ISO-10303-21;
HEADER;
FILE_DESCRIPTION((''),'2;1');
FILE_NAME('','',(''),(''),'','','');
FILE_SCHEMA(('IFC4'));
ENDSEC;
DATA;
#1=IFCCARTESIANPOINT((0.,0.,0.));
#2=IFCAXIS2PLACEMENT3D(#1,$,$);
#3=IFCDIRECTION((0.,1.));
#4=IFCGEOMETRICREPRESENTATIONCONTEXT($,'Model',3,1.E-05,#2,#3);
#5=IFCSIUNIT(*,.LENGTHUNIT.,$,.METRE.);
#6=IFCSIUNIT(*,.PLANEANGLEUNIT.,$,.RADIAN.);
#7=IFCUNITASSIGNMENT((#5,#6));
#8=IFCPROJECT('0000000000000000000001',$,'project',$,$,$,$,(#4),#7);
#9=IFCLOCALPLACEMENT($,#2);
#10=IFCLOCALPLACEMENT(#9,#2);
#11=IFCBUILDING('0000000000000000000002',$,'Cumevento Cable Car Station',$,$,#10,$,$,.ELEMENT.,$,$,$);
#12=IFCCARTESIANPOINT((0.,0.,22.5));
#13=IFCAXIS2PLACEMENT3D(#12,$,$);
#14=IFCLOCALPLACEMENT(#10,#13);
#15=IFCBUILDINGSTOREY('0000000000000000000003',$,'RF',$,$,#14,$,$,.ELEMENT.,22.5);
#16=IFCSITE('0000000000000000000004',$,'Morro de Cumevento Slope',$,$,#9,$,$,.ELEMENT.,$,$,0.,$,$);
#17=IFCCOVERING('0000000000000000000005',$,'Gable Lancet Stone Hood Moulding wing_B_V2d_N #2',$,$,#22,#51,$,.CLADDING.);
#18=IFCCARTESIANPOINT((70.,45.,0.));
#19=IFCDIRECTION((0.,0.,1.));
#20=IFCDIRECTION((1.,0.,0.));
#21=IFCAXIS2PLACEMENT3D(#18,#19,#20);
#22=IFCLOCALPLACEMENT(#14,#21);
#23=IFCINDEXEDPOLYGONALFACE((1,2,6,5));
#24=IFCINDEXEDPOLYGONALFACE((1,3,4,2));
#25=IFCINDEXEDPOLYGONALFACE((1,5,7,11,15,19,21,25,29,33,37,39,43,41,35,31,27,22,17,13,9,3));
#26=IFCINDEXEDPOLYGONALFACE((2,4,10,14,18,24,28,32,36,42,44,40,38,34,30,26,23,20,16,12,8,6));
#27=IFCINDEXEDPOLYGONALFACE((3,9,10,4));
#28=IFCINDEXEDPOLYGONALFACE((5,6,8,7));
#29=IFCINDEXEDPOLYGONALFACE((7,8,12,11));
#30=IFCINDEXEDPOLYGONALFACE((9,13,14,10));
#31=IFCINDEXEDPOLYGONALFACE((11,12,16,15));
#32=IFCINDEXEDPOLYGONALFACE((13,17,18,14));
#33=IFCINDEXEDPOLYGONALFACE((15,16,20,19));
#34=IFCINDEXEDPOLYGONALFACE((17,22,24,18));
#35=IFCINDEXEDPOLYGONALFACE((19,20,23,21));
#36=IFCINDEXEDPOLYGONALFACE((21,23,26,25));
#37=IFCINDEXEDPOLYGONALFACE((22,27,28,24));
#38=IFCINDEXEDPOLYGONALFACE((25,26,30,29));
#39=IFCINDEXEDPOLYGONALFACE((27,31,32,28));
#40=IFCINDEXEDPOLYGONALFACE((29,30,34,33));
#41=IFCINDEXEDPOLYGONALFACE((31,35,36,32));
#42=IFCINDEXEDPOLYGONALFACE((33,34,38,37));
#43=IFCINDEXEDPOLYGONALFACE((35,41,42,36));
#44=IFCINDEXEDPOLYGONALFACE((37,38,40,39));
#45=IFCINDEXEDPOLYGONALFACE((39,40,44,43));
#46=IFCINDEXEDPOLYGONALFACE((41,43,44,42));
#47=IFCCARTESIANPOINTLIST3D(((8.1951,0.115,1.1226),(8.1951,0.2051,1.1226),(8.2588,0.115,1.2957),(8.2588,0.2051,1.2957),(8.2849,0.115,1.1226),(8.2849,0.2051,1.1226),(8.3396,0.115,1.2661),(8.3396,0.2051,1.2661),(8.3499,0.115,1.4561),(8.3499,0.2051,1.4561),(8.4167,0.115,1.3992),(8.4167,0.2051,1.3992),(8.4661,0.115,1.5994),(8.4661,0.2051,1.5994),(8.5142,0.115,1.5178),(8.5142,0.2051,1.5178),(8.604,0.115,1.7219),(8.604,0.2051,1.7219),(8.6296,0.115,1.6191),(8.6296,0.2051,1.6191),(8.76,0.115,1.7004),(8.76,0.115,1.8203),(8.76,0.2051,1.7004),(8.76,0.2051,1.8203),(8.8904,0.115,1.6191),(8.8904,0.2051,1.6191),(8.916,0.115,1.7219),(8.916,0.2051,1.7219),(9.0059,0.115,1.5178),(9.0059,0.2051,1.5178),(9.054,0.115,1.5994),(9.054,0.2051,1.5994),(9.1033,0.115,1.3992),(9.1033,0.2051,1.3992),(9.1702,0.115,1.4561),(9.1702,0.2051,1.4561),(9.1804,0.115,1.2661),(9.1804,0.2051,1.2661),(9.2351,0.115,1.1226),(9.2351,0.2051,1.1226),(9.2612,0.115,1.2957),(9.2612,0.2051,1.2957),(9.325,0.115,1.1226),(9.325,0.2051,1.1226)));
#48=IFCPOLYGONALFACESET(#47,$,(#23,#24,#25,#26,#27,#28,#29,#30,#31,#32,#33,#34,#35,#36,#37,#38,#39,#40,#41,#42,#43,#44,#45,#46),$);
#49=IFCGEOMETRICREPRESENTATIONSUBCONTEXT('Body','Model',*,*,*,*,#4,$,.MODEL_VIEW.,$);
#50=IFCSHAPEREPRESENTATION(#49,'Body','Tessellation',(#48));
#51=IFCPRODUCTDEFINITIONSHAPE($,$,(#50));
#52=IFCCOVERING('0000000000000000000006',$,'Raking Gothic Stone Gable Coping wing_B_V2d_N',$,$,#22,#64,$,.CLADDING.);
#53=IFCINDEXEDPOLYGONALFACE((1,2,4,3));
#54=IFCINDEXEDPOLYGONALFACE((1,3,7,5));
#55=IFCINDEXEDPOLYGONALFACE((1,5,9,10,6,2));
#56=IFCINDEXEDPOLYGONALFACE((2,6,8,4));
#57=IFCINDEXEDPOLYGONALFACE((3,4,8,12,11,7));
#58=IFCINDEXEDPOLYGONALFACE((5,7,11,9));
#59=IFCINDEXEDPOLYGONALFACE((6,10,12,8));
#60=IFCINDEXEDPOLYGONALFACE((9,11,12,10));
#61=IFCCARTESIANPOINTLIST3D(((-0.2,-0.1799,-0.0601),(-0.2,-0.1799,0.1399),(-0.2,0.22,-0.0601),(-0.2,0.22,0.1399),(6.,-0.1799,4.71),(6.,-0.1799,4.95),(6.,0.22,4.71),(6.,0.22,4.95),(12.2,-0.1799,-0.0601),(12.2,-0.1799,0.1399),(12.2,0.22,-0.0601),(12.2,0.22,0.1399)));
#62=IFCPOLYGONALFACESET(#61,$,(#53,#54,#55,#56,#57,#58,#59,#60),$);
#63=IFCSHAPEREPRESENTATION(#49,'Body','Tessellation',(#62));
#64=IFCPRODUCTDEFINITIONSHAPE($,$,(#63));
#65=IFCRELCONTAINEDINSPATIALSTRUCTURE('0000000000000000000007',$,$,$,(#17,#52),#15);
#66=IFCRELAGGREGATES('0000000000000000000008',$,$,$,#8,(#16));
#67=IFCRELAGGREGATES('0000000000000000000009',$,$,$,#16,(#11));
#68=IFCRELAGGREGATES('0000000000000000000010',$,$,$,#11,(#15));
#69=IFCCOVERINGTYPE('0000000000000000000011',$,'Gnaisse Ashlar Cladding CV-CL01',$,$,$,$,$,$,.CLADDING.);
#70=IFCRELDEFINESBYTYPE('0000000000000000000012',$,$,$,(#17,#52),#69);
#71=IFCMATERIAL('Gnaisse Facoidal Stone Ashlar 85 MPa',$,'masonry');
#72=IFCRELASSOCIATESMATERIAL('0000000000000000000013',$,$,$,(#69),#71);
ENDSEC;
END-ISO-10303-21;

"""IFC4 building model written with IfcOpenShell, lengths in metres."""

from ifc_helpers import new_model, si_unit, direction, frame, origin, place, context, subcontext, project, spatial, polyline, outline, extrude, material, type_object, element, save


model = new_model("IFC4")

# Units and contexts
model_context = context("Model", 3, precision=1e-05, world=origin(), true_north=direction((0.0, 1.0)))
body_context = subcontext(model_context, "Body", "Model", "MODEL_VIEW")
ifc_project = project(units=[si_unit("LENGTHUNIT", "METRE"), si_unit("PLANEANGLEUNIT", "RADIAN")], contexts=[model_context])

# Site, building, storey
site_placement = place(None, origin())
site = spatial("IfcSite", under=ifc_project, at=site_placement, Name="Morro de Cumevento Slope", CompositionType="ELEMENT", RefElevation=0.0)
building_placement = place(site_placement, origin())
building = spatial("IfcBuilding", under=site, at=building_placement, Name="Cumevento Cable Car Station", CompositionType="ELEMENT")
storey_placement = place(building_placement, frame((0.0, 0.0, 22.5)))
storey = spatial("IfcBuildingStorey", under=building, at=storey_placement, Name="RF", CompositionType="ELEMENT", Elevation=22.5)

# Coverings
ifc_material_1 = material(Name="Gnaisse Facoidal Stone Ashlar 85 MPa", Category="masonry")
covering_type = type_object("IfcCoveringType", Name="Gnaisse Ashlar Cladding CV-CL01", PredefinedType="CLADDING", material=ifc_material_1)
placement = place(storey_placement, frame((70.0, 45.0, 0.0), z_axis=(0.0, 0.0, 1.0), x_axis=(1.0, 0.0, 0.0)))
element("IfcCovering", 1, at=placement, inside=storey, type_object=covering_type, Name="Gable Lancet Stone Hood Moulding wing_B_V2d_N #2", PredefinedType="CLADDING", context=body_context, shape_type="SweptSolid", body=[
    extrude(outline(polyline([(8.2849, 1.1226), (8.3396, 1.2661), (8.4167, 1.3992), (8.5142, 1.5178), (8.6296, 1.6191), (8.76, 1.7004), (8.8904, 1.6191), (9.0059, 1.5178), (9.1033, 1.3992), (9.1804, 1.2661), (9.2351, 1.1226), (9.325, 1.1226), (9.2612, 1.2957), (9.1702, 1.4561), (9.054, 1.5994), (8.916, 1.7219), (8.76, 1.8203), (8.604, 1.7219), (8.4661, 1.5994), (8.3499, 1.4561), (8.2588, 1.2957), (8.1951, 1.1226), (8.2849, 1.1226)])), frame((0.0, 0.2051, 0.0), z_axis=(0.0, -1.0, 0.0), x_axis=(1.0, 0.0, 0.0)), (0.0, 0.0, 1.0), 0.0901),
])
element("IfcCovering", 2, at=placement, inside=storey, type_object=covering_type, Name="Raking Gothic Stone Gable Coping wing_B_V2d_N", PredefinedType="CLADDING", context=body_context, shape_type="SweptSolid", body=[
    extrude(outline(polyline([(-0.2, -0.0601), (6.0, 4.71), (12.2, -0.0601), (12.2, 0.1399), (6.0, 4.95), (-0.2, 0.1399), (-0.2, -0.0601)])), frame((0.0, 0.22, 0.0), z_axis=(0.0, -1.0, 0.0), x_axis=(1.0, 0.0, 0.0)), (0.0, 0.0, 1.0), 0.3999),
])

save(model, "model.ifc")
